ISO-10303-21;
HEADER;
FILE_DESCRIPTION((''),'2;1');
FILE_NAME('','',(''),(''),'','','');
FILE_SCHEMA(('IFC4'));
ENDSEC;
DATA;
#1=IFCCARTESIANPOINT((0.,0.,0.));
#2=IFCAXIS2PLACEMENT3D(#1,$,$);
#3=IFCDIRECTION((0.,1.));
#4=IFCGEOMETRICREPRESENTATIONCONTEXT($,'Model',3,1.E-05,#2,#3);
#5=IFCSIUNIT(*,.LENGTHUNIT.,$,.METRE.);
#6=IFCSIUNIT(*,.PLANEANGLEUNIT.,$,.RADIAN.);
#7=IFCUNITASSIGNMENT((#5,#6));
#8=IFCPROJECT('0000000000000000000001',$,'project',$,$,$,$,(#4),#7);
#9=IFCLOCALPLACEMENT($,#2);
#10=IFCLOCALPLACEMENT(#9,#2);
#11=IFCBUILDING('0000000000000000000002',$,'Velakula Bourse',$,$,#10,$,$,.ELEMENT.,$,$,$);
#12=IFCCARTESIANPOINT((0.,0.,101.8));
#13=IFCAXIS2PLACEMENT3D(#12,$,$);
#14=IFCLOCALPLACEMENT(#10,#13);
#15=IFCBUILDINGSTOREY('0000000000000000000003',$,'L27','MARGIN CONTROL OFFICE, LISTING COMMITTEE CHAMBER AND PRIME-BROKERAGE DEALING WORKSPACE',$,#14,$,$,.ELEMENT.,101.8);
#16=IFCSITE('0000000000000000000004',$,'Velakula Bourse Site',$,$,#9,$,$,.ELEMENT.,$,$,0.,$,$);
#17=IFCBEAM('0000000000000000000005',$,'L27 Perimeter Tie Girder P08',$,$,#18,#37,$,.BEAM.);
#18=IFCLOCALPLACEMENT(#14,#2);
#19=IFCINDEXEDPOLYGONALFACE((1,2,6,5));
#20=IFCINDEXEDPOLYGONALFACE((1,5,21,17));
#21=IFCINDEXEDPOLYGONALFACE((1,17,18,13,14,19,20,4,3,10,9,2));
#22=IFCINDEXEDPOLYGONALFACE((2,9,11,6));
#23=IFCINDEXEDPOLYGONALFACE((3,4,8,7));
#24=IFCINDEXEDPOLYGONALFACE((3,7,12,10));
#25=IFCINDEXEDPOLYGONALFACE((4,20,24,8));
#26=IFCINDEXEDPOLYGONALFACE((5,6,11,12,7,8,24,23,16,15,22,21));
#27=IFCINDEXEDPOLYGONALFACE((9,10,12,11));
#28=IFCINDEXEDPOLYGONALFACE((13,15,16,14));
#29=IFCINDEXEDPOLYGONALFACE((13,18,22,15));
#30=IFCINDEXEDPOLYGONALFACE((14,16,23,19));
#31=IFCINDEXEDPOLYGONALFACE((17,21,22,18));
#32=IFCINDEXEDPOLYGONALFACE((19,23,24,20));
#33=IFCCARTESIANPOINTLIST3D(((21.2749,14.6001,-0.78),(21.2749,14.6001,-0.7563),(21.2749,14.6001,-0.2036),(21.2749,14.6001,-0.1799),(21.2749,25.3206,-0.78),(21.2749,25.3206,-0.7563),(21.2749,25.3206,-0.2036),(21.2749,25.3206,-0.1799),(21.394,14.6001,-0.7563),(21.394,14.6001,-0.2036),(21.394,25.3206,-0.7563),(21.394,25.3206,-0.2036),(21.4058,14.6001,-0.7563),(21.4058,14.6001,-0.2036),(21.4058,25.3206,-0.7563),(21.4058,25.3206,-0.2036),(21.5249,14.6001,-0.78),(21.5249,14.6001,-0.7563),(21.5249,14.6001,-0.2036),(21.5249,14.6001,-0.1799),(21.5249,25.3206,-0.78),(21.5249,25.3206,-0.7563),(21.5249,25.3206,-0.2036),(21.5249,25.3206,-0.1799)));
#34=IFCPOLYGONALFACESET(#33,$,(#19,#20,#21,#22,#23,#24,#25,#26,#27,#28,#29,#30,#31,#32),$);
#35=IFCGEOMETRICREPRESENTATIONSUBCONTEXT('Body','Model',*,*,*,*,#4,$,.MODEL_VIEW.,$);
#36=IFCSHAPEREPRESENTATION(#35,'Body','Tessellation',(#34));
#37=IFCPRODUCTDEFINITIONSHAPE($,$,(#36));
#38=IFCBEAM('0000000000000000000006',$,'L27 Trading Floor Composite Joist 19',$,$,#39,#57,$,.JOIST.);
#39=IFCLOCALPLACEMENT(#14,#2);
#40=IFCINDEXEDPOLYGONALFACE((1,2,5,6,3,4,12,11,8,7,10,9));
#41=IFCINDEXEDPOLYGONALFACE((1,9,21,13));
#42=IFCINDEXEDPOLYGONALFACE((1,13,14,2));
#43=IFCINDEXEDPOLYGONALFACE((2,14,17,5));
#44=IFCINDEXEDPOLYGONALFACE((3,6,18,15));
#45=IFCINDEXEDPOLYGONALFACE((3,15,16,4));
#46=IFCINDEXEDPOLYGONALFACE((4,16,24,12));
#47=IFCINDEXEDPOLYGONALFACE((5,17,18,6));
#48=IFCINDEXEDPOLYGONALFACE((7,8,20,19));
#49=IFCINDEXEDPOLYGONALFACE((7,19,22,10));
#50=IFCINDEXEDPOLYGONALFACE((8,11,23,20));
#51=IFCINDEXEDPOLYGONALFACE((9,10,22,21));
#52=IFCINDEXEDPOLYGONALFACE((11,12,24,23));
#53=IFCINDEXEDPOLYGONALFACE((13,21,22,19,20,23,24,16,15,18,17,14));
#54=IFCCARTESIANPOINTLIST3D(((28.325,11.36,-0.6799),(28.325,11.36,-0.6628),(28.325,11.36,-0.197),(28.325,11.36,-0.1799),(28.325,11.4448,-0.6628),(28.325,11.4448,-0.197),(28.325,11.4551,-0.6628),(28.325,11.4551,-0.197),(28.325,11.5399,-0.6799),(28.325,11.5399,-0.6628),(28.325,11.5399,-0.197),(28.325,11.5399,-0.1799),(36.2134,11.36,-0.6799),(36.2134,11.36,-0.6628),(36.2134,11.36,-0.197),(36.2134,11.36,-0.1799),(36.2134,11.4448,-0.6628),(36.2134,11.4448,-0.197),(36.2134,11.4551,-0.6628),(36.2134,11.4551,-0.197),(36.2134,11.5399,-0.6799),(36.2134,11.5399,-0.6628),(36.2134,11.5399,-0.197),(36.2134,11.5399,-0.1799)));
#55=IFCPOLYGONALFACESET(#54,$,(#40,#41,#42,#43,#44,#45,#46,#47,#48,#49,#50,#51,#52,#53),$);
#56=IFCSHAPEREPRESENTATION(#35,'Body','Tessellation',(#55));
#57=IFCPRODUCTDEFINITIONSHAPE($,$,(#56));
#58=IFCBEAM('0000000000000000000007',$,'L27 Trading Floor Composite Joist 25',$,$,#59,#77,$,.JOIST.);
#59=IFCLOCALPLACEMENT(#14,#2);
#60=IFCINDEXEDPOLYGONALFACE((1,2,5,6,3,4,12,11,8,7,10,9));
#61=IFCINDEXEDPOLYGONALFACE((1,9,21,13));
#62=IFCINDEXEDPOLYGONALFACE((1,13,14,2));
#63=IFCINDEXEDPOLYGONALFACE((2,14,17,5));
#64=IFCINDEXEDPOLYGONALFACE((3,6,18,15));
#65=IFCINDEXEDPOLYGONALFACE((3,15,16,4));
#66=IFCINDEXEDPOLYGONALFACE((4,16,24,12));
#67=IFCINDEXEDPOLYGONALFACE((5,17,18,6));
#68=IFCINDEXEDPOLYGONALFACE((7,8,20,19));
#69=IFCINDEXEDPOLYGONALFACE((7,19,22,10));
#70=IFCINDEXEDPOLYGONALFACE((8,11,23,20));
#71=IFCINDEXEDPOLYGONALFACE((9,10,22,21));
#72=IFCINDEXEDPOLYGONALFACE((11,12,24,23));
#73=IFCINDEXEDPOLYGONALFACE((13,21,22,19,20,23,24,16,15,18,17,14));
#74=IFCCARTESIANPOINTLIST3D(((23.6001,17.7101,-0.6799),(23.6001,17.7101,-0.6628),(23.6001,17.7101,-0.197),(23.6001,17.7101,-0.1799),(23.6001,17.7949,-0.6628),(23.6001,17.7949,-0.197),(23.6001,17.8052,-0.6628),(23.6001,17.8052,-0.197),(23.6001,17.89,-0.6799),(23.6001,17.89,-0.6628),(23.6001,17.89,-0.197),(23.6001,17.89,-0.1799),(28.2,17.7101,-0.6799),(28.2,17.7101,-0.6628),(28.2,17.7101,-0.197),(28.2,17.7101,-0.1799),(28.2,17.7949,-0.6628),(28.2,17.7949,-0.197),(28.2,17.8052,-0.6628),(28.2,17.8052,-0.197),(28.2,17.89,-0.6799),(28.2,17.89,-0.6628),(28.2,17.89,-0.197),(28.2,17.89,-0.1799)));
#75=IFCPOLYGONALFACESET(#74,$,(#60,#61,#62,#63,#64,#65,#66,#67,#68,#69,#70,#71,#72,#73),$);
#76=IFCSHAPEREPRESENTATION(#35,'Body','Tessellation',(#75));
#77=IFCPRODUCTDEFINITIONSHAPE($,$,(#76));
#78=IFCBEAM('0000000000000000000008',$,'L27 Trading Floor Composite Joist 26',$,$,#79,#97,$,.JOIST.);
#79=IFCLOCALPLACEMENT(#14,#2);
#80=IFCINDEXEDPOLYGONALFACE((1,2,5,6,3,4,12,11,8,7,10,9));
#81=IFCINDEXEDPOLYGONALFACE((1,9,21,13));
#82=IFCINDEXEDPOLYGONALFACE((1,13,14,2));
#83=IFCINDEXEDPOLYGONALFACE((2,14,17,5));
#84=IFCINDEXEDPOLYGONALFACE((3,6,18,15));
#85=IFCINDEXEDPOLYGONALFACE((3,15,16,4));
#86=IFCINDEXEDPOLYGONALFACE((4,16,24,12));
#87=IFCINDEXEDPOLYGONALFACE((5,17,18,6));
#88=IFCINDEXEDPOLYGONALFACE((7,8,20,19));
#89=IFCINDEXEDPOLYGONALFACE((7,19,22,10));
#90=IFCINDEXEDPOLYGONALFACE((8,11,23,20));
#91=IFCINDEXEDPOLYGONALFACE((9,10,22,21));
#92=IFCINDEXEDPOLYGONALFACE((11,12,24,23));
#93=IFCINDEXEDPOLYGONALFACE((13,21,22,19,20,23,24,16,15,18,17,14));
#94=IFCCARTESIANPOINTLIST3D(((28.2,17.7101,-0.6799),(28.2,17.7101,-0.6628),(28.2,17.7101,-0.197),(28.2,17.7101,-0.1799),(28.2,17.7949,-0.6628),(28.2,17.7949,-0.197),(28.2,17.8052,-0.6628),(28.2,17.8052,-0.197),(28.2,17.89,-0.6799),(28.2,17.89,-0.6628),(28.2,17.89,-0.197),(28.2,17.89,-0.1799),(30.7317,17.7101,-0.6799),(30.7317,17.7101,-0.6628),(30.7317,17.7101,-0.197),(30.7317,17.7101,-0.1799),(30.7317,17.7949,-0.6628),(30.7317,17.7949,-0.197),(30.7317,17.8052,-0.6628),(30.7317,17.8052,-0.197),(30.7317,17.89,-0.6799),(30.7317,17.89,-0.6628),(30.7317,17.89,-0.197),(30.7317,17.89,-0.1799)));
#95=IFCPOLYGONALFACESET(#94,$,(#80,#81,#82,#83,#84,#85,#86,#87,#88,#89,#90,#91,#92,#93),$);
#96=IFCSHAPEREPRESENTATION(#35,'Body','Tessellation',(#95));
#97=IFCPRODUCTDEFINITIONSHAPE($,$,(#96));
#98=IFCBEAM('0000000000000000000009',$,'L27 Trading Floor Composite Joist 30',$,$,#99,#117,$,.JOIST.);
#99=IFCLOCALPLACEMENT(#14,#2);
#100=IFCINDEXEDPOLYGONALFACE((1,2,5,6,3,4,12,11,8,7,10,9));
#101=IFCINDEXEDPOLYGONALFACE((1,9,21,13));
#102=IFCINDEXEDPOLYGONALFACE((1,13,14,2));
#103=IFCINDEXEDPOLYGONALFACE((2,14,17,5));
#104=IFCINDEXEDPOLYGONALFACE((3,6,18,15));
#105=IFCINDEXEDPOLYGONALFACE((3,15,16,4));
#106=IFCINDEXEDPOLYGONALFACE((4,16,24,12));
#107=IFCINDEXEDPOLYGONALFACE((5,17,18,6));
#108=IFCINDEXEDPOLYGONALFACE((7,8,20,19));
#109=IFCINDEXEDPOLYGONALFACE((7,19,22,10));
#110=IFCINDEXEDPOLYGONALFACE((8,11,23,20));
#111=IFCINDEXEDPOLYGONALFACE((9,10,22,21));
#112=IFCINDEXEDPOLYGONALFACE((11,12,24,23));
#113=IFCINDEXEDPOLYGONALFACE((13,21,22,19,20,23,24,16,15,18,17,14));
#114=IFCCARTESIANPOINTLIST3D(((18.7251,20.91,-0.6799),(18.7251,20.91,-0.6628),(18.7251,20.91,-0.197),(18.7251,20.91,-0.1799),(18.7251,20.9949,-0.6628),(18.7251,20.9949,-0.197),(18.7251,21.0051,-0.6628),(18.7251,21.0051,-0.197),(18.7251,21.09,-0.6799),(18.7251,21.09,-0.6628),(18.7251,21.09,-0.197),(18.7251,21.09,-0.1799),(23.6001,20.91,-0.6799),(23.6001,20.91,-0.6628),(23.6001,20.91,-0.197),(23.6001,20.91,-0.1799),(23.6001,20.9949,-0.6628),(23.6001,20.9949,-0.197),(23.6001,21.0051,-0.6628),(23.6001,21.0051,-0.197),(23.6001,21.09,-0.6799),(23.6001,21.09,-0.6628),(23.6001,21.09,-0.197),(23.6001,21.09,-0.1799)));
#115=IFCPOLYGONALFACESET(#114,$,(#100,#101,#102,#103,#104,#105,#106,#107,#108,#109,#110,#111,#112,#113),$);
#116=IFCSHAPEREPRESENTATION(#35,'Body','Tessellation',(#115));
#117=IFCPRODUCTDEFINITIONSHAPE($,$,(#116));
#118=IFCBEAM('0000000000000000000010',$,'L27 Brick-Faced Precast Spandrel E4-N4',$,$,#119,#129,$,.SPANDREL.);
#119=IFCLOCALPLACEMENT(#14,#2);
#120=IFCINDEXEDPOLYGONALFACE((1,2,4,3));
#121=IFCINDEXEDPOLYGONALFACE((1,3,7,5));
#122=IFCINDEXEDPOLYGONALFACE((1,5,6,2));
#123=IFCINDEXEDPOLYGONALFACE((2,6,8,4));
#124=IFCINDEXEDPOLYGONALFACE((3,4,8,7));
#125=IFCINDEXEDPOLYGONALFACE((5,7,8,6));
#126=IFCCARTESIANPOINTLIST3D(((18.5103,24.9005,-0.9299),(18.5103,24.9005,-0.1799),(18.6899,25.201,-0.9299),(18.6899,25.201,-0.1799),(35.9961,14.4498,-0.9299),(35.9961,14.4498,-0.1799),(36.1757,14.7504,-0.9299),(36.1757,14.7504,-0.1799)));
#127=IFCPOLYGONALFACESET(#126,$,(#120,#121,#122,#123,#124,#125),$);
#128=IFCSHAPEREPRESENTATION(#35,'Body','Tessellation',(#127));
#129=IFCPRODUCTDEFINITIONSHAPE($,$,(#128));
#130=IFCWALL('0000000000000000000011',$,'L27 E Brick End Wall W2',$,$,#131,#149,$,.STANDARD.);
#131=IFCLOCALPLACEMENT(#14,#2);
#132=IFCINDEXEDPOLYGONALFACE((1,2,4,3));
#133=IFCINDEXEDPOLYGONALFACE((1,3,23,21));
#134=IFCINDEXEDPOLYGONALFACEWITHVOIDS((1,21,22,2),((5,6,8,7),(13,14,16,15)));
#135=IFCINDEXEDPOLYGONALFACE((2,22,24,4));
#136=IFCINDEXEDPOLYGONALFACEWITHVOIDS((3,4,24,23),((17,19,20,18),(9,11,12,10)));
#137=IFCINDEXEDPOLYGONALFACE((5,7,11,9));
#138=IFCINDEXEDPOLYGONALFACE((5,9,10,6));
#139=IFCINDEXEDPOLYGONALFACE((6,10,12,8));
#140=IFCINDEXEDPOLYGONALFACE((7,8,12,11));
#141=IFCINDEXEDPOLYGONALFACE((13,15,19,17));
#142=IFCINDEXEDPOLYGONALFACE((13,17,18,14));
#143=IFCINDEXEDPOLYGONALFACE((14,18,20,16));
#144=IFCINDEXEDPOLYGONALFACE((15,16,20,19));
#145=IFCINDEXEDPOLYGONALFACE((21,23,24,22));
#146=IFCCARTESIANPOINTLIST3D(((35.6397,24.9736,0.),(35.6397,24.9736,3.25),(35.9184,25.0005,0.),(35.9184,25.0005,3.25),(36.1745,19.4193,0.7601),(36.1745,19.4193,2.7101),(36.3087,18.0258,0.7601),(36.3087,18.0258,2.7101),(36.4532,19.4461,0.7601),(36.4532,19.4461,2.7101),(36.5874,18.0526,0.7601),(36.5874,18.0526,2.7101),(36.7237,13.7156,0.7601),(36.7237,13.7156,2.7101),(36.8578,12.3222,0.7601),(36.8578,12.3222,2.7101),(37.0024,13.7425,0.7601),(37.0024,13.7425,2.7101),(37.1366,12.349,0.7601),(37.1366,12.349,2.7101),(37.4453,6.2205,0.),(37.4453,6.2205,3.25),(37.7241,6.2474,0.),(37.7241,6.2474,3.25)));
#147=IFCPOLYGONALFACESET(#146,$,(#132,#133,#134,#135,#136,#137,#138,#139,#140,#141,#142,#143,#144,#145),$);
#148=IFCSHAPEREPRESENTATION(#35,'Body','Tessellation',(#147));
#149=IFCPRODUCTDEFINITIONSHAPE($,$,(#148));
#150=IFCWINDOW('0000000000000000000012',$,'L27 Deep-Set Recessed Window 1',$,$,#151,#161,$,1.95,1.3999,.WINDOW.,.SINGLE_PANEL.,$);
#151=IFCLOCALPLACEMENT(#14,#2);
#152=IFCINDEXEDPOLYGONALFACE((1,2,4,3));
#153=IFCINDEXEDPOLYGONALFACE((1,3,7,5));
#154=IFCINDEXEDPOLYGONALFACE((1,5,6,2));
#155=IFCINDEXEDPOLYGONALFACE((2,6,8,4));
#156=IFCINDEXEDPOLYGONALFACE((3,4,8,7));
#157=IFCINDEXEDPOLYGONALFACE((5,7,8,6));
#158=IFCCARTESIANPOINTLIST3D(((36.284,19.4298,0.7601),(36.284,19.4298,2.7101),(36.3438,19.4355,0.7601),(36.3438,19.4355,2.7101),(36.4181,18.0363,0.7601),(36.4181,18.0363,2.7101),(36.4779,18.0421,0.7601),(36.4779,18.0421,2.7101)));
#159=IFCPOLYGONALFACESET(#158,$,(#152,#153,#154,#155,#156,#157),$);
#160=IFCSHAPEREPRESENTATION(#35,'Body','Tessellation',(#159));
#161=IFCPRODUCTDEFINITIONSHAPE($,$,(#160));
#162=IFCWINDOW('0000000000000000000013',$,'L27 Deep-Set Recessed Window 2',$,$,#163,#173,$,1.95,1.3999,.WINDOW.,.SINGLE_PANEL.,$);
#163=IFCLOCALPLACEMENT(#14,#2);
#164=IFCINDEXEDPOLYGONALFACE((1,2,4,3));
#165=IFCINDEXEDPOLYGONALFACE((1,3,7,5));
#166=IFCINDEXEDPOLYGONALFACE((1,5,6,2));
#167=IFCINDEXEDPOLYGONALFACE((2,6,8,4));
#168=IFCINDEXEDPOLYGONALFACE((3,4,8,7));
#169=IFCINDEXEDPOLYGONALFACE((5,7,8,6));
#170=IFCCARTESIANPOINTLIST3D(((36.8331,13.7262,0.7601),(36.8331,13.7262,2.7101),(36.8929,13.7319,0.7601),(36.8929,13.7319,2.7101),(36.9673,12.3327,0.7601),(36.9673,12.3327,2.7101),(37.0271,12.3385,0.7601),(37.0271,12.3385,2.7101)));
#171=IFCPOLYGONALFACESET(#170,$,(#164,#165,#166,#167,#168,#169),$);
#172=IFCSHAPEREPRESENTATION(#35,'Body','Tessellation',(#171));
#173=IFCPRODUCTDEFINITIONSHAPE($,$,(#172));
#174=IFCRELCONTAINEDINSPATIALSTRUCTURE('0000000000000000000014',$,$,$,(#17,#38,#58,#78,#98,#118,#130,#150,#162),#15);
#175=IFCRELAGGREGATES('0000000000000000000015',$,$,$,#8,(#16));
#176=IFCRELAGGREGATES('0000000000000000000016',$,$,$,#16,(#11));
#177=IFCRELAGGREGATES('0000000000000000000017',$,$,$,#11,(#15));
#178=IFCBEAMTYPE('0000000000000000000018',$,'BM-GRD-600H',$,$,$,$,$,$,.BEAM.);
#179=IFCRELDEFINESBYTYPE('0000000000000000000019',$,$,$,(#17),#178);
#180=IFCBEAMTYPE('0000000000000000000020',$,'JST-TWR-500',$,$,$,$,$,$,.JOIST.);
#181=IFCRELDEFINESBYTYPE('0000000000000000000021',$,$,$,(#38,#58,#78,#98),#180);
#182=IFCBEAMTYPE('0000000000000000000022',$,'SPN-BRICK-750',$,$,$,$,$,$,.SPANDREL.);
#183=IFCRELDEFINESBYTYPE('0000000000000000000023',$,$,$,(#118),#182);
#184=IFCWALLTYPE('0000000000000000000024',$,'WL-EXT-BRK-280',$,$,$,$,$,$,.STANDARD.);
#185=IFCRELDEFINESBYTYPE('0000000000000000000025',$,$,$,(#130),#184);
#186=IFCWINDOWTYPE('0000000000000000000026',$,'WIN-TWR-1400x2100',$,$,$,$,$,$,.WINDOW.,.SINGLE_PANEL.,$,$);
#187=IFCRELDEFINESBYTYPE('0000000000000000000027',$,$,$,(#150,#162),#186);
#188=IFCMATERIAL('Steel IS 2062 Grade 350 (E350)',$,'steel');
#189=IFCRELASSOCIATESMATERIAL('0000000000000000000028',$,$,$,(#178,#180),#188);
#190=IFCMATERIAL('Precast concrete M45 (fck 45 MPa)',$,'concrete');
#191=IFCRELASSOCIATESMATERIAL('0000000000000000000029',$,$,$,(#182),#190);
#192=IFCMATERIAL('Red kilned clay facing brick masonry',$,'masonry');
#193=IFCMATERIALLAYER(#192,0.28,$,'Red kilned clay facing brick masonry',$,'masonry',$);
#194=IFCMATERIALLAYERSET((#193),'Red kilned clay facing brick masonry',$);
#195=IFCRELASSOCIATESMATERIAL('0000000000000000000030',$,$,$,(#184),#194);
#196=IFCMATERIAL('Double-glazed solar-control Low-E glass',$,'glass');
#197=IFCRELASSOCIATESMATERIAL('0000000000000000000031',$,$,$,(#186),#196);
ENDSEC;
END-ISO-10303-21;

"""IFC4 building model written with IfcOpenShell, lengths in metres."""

from ifc_helpers import new_model, si_unit, direction, frame, frame_2d, origin, origin_2d, place, context, subcontext, project, spatial, rectangle, i_section, extrude, material, layer, layer_set, material_profile, profile_set, type_object, element, fill, save


model = new_model("IFC4")

# Units and contexts
model_context = context("Model", 3, precision=1e-05, world=origin(), true_north=direction((0.0, 1.0)))
body_context = subcontext(model_context, "Body", "Model", "MODEL_VIEW")
ifc_project = project(units=[si_unit("LENGTHUNIT", "METRE"), si_unit("PLANEANGLEUNIT", "RADIAN")], contexts=[model_context])

# Site, building, storey
site_placement = place(None, origin())
site = spatial("IfcSite", under=ifc_project, at=site_placement, Name="Velakula Bourse Site", CompositionType="ELEMENT", RefElevation=0.0)
building_placement = place(site_placement, origin())
building = spatial("IfcBuilding", under=site, at=building_placement, Name="Velakula Bourse", CompositionType="ELEMENT")
storey_placement = place(building_placement, frame((0.0, 0.0, 101.8)))
storey = spatial("IfcBuildingStorey", under=building, at=storey_placement, Name="L27", Description="MARGIN CONTROL OFFICE, LISTING COMMITTEE CHAMBER AND PRIME-BROKERAGE DEALING WORKSPACE", CompositionType="ELEMENT", Elevation=101.8)

# Shared definitions
ifc_material_1 = material(Name="Precast concrete M45 (fck 45 MPa)", Category="concrete")

# Beams
ifc_material_2 = material(Name="Steel IS 2062 Grade 350 (E350)", Category="steel")
ifc_material_profile_1 = material_profile(ifc_material_2, i_section(OverallWidth=0.25, OverallDepth=0.6001, WebThickness=0.0117, FlangeThickness=0.0237, at=origin_2d()), Name="Steel IS 2062 Grade 350 (E350)")
ifc_profile_set_1 = profile_set([ifc_material_profile_1], Name="Steel IS 2062 Grade 350 (E350)")
beam_type_1 = type_object("IfcBeamType", Name="BM-GRD-600H", PredefinedType="BEAM", material=ifc_profile_set_1)
beam_1_placement = place(storey_placement, frame((21.3999, 14.6001, -0.48), z_axis=(0.0, 1.0, 0.0), x_axis=(-1.0, 0.0, 0.0)))
element("IfcBeam", 1, at=beam_1_placement, inside=storey, type_object=beam_type_1, Name="L27 Perimeter Tie Girder P08", PredefinedType="BEAM", context=body_context, shape_type="SweptSolid", body=[
    extrude(i_section(OverallWidth=0.25, OverallDepth=0.6001, WebThickness=0.0117, FlangeThickness=0.0237, at=origin_2d()), origin(), (0.0, 0.0, 1.0), 10.7205),
])
ifc_material_profile_2 = material_profile(ifc_material_2, i_section(OverallWidth=0.1799, OverallDepth=0.5, WebThickness=0.0103, FlangeThickness=0.0171, at=origin_2d()), Name="Steel IS 2062 Grade 350 (E350)")
ifc_profile_set_2 = profile_set([ifc_material_profile_2], Name="Steel IS 2062 Grade 350 (E350)")
beam_type_2 = type_object("IfcBeamType", Name="JST-TWR-500", PredefinedType="JOIST", material=ifc_profile_set_2)
beam_2_placement = place(storey_placement, frame((28.325, 11.45, -0.4299), z_axis=(1.0, 0.0, 0.0), x_axis=(0.0, 1.0, 0.0)))
element("IfcBeam", 2, at=beam_2_placement, inside=storey, type_object=beam_type_2, Name="L27 Trading Floor Composite Joist 19", PredefinedType="JOIST", context=body_context, shape_type="SweptSolid", body=[
    extrude(i_section(OverallWidth=0.1799, OverallDepth=0.5, WebThickness=0.0103, FlangeThickness=0.0171, at=origin_2d()), origin(), (0.0, 0.0, 1.0), 7.8884),
])
beam_3_placement = place(storey_placement, frame((23.6001, 17.8, -0.4299), z_axis=(1.0, 0.0, 0.0), x_axis=(0.0, 1.0, 0.0)))
element("IfcBeam", 3, at=beam_3_placement, inside=storey, type_object=beam_type_2, Name="L27 Trading Floor Composite Joist 25", PredefinedType="JOIST", context=body_context, shape_type="SweptSolid", body=[
    extrude(i_section(OverallWidth=0.1799, OverallDepth=0.5, WebThickness=0.0103, FlangeThickness=0.0171, at=origin_2d()), origin(), (0.0, 0.0, 1.0), 4.5999),
])
beam_4_placement = place(storey_placement, frame((28.2, 17.8, -0.4299), z_axis=(1.0, 0.0, 0.0), x_axis=(0.0, 1.0, 0.0)))
element("IfcBeam", 4, at=beam_4_placement, inside=storey, type_object=beam_type_2, Name="L27 Trading Floor Composite Joist 26", PredefinedType="JOIST", context=body_context, shape_type="SweptSolid", body=[
    extrude(i_section(OverallWidth=0.1799, OverallDepth=0.5, WebThickness=0.0103, FlangeThickness=0.0171, at=origin_2d()), origin(), (0.0, 0.0, 1.0), 2.5317),
])
beam_5_placement = place(storey_placement, frame((18.7251, 21.0, -0.4299), z_axis=(1.0, 0.0, 0.0), x_axis=(0.0, 1.0, 0.0)))
element("IfcBeam", 5, at=beam_5_placement, inside=storey, type_object=beam_type_2, Name="L27 Trading Floor Composite Joist 30", PredefinedType="JOIST", context=body_context, shape_type="SweptSolid", body=[
    extrude(i_section(OverallWidth=0.1799, OverallDepth=0.5, WebThickness=0.0103, FlangeThickness=0.0171, at=origin_2d()), origin(), (0.0, 0.0, 1.0), 4.875),
])
ifc_material_profile_3 = material_profile(ifc_material_1, rectangle(XDim=0.3501, YDim=0.75, at=origin_2d()), Name="Precast concrete M45 (fck 45 MPa)")
ifc_profile_set_3 = profile_set([ifc_material_profile_3], Name="Precast concrete M45 (fck 45 MPa)")
beam_type_3 = type_object("IfcBeamType", Name="SPN-BRICK-750", PredefinedType="SPANDREL", material=ifc_profile_set_3)
beam_6_placement = place(storey_placement, frame((36.0859, 14.6001, -0.5549), z_axis=(-0.858376, 0.513022, 0.0), x_axis=(-0.513022, -0.858376, 0.0)))
element("IfcBeam", 6, at=beam_6_placement, inside=storey, type_object=beam_type_3, Name="L27 Brick-Faced Precast Spandrel E4-N4", PredefinedType="SPANDREL", context=body_context, shape_type="SweptSolid", body=[
    extrude(rectangle(XDim=0.3501, YDim=0.75, at=origin_2d()), origin(), (0.0, 0.0, 1.0), 20.3708),
])

# Wall, openings, windows
ifc_material_3 = material(Name="Red kilned clay facing brick masonry", Category="masonry")
ifc_layer_1 = layer(ifc_material_3, 0.28, Name="Red kilned clay facing brick masonry", Category="masonry")
ifc_layer_set_1 = layer_set([ifc_layer_1], Name="Red kilned clay facing brick masonry")
wall_type_1 = type_object("IfcWallType", Name="WL-EXT-BRK-280", PredefinedType="STANDARD", material=ifc_layer_set_1)
wall_1_placement = place(storey_placement, frame((35.7791, 24.9871, 0.0), z_axis=(0.0, 0.0, 1.0), x_axis=(0.095843, -0.995397, 0.0)))
wall_1 = element("IfcWall", 7, at=wall_1_placement, inside=storey, type_object=wall_type_1, Name="L27 E Brick End Wall W2", PredefinedType="STANDARD", context=body_context, shape_type="SweptSolid", body=[
    extrude(rectangle(XDim=18.8398, YDim=0.28, at=frame_2d((9.4199, 0.0))), origin(), (0.0, 0.0, 1.0), 3.25),
])
opening_1_placement = place(wall_1_placement, frame((5.5801, 0.0, 0.76)))
opening_1 = element("IfcOpeningElement", 8, at=opening_1_placement, cuts=wall_1, PredefinedType="OPENING", context=body_context, shape_type="SweptSolid", body=[
    extrude(rectangle(XDim=1.3999, YDim=1.95, at=frame_2d((0.7, 0.9751))), frame((0.0, 0.1499, 0.0), z_axis=(0.0, -1.0, 0.0), x_axis=(1.0, 0.0, 0.0)), (0.0, 0.0, 1.0), 0.3),
])
opening_2_placement = place(wall_1_placement, frame((11.3101, 0.0, 0.76)))
opening_2 = element("IfcOpeningElement", 9, at=opening_2_placement, cuts=wall_1, PredefinedType="OPENING", context=body_context, shape_type="SweptSolid", body=[
    extrude(rectangle(XDim=1.3999, YDim=1.95, at=frame_2d((0.7, 0.9751))), frame((0.0, 0.1499, 0.0), z_axis=(0.0, -1.0, 0.0), x_axis=(1.0, 0.0, 0.0)), (0.0, 0.0, 1.0), 0.3),
])
ifc_material_4 = material(Name="Double-glazed solar-control Low-E glass", Category="glass")
window_type = type_object("IfcWindowType", Name="WIN-TWR-1400x2100", PartitioningType="SINGLE_PANEL", PredefinedType="WINDOW", material=ifc_material_4)
window_1_placement = place(opening_1_placement, origin())
window_1 = element("IfcWindow", 10, at=window_1_placement, inside=storey, type_object=window_type, Name="L27 Deep-Set Recessed Window 1", OverallHeight=1.95, OverallWidth=1.3999, PartitioningType="SINGLE_PANEL", PredefinedType="WINDOW", context=body_context, shape_type="SweptSolid", body=[
    extrude(rectangle(XDim=1.3999, YDim=1.95, at=frame_2d((0.7, 0.9751))), frame((0.0, 0.03, 0.0), z_axis=(0.0, -1.0, 0.0), x_axis=(1.0, 0.0, 0.0)), (0.0, 0.0, 1.0), 0.0601),
])
fill(opening_1, window_1)
window_2_placement = place(opening_2_placement, origin())
window_2 = element("IfcWindow", 11, at=window_2_placement, inside=storey, type_object=window_type, Name="L27 Deep-Set Recessed Window 2", OverallHeight=1.95, OverallWidth=1.3999, PartitioningType="SINGLE_PANEL", PredefinedType="WINDOW", context=body_context, shape_type="SweptSolid", body=[
    extrude(rectangle(XDim=1.3999, YDim=1.95, at=frame_2d((0.7, 0.9751))), frame((0.0, 0.03, 0.0), z_axis=(0.0, -1.0, 0.0), x_axis=(1.0, 0.0, 0.0)), (0.0, 0.0, 1.0), 0.0601),
])
fill(opening_2, window_2)

save(model, "model.ifc")
